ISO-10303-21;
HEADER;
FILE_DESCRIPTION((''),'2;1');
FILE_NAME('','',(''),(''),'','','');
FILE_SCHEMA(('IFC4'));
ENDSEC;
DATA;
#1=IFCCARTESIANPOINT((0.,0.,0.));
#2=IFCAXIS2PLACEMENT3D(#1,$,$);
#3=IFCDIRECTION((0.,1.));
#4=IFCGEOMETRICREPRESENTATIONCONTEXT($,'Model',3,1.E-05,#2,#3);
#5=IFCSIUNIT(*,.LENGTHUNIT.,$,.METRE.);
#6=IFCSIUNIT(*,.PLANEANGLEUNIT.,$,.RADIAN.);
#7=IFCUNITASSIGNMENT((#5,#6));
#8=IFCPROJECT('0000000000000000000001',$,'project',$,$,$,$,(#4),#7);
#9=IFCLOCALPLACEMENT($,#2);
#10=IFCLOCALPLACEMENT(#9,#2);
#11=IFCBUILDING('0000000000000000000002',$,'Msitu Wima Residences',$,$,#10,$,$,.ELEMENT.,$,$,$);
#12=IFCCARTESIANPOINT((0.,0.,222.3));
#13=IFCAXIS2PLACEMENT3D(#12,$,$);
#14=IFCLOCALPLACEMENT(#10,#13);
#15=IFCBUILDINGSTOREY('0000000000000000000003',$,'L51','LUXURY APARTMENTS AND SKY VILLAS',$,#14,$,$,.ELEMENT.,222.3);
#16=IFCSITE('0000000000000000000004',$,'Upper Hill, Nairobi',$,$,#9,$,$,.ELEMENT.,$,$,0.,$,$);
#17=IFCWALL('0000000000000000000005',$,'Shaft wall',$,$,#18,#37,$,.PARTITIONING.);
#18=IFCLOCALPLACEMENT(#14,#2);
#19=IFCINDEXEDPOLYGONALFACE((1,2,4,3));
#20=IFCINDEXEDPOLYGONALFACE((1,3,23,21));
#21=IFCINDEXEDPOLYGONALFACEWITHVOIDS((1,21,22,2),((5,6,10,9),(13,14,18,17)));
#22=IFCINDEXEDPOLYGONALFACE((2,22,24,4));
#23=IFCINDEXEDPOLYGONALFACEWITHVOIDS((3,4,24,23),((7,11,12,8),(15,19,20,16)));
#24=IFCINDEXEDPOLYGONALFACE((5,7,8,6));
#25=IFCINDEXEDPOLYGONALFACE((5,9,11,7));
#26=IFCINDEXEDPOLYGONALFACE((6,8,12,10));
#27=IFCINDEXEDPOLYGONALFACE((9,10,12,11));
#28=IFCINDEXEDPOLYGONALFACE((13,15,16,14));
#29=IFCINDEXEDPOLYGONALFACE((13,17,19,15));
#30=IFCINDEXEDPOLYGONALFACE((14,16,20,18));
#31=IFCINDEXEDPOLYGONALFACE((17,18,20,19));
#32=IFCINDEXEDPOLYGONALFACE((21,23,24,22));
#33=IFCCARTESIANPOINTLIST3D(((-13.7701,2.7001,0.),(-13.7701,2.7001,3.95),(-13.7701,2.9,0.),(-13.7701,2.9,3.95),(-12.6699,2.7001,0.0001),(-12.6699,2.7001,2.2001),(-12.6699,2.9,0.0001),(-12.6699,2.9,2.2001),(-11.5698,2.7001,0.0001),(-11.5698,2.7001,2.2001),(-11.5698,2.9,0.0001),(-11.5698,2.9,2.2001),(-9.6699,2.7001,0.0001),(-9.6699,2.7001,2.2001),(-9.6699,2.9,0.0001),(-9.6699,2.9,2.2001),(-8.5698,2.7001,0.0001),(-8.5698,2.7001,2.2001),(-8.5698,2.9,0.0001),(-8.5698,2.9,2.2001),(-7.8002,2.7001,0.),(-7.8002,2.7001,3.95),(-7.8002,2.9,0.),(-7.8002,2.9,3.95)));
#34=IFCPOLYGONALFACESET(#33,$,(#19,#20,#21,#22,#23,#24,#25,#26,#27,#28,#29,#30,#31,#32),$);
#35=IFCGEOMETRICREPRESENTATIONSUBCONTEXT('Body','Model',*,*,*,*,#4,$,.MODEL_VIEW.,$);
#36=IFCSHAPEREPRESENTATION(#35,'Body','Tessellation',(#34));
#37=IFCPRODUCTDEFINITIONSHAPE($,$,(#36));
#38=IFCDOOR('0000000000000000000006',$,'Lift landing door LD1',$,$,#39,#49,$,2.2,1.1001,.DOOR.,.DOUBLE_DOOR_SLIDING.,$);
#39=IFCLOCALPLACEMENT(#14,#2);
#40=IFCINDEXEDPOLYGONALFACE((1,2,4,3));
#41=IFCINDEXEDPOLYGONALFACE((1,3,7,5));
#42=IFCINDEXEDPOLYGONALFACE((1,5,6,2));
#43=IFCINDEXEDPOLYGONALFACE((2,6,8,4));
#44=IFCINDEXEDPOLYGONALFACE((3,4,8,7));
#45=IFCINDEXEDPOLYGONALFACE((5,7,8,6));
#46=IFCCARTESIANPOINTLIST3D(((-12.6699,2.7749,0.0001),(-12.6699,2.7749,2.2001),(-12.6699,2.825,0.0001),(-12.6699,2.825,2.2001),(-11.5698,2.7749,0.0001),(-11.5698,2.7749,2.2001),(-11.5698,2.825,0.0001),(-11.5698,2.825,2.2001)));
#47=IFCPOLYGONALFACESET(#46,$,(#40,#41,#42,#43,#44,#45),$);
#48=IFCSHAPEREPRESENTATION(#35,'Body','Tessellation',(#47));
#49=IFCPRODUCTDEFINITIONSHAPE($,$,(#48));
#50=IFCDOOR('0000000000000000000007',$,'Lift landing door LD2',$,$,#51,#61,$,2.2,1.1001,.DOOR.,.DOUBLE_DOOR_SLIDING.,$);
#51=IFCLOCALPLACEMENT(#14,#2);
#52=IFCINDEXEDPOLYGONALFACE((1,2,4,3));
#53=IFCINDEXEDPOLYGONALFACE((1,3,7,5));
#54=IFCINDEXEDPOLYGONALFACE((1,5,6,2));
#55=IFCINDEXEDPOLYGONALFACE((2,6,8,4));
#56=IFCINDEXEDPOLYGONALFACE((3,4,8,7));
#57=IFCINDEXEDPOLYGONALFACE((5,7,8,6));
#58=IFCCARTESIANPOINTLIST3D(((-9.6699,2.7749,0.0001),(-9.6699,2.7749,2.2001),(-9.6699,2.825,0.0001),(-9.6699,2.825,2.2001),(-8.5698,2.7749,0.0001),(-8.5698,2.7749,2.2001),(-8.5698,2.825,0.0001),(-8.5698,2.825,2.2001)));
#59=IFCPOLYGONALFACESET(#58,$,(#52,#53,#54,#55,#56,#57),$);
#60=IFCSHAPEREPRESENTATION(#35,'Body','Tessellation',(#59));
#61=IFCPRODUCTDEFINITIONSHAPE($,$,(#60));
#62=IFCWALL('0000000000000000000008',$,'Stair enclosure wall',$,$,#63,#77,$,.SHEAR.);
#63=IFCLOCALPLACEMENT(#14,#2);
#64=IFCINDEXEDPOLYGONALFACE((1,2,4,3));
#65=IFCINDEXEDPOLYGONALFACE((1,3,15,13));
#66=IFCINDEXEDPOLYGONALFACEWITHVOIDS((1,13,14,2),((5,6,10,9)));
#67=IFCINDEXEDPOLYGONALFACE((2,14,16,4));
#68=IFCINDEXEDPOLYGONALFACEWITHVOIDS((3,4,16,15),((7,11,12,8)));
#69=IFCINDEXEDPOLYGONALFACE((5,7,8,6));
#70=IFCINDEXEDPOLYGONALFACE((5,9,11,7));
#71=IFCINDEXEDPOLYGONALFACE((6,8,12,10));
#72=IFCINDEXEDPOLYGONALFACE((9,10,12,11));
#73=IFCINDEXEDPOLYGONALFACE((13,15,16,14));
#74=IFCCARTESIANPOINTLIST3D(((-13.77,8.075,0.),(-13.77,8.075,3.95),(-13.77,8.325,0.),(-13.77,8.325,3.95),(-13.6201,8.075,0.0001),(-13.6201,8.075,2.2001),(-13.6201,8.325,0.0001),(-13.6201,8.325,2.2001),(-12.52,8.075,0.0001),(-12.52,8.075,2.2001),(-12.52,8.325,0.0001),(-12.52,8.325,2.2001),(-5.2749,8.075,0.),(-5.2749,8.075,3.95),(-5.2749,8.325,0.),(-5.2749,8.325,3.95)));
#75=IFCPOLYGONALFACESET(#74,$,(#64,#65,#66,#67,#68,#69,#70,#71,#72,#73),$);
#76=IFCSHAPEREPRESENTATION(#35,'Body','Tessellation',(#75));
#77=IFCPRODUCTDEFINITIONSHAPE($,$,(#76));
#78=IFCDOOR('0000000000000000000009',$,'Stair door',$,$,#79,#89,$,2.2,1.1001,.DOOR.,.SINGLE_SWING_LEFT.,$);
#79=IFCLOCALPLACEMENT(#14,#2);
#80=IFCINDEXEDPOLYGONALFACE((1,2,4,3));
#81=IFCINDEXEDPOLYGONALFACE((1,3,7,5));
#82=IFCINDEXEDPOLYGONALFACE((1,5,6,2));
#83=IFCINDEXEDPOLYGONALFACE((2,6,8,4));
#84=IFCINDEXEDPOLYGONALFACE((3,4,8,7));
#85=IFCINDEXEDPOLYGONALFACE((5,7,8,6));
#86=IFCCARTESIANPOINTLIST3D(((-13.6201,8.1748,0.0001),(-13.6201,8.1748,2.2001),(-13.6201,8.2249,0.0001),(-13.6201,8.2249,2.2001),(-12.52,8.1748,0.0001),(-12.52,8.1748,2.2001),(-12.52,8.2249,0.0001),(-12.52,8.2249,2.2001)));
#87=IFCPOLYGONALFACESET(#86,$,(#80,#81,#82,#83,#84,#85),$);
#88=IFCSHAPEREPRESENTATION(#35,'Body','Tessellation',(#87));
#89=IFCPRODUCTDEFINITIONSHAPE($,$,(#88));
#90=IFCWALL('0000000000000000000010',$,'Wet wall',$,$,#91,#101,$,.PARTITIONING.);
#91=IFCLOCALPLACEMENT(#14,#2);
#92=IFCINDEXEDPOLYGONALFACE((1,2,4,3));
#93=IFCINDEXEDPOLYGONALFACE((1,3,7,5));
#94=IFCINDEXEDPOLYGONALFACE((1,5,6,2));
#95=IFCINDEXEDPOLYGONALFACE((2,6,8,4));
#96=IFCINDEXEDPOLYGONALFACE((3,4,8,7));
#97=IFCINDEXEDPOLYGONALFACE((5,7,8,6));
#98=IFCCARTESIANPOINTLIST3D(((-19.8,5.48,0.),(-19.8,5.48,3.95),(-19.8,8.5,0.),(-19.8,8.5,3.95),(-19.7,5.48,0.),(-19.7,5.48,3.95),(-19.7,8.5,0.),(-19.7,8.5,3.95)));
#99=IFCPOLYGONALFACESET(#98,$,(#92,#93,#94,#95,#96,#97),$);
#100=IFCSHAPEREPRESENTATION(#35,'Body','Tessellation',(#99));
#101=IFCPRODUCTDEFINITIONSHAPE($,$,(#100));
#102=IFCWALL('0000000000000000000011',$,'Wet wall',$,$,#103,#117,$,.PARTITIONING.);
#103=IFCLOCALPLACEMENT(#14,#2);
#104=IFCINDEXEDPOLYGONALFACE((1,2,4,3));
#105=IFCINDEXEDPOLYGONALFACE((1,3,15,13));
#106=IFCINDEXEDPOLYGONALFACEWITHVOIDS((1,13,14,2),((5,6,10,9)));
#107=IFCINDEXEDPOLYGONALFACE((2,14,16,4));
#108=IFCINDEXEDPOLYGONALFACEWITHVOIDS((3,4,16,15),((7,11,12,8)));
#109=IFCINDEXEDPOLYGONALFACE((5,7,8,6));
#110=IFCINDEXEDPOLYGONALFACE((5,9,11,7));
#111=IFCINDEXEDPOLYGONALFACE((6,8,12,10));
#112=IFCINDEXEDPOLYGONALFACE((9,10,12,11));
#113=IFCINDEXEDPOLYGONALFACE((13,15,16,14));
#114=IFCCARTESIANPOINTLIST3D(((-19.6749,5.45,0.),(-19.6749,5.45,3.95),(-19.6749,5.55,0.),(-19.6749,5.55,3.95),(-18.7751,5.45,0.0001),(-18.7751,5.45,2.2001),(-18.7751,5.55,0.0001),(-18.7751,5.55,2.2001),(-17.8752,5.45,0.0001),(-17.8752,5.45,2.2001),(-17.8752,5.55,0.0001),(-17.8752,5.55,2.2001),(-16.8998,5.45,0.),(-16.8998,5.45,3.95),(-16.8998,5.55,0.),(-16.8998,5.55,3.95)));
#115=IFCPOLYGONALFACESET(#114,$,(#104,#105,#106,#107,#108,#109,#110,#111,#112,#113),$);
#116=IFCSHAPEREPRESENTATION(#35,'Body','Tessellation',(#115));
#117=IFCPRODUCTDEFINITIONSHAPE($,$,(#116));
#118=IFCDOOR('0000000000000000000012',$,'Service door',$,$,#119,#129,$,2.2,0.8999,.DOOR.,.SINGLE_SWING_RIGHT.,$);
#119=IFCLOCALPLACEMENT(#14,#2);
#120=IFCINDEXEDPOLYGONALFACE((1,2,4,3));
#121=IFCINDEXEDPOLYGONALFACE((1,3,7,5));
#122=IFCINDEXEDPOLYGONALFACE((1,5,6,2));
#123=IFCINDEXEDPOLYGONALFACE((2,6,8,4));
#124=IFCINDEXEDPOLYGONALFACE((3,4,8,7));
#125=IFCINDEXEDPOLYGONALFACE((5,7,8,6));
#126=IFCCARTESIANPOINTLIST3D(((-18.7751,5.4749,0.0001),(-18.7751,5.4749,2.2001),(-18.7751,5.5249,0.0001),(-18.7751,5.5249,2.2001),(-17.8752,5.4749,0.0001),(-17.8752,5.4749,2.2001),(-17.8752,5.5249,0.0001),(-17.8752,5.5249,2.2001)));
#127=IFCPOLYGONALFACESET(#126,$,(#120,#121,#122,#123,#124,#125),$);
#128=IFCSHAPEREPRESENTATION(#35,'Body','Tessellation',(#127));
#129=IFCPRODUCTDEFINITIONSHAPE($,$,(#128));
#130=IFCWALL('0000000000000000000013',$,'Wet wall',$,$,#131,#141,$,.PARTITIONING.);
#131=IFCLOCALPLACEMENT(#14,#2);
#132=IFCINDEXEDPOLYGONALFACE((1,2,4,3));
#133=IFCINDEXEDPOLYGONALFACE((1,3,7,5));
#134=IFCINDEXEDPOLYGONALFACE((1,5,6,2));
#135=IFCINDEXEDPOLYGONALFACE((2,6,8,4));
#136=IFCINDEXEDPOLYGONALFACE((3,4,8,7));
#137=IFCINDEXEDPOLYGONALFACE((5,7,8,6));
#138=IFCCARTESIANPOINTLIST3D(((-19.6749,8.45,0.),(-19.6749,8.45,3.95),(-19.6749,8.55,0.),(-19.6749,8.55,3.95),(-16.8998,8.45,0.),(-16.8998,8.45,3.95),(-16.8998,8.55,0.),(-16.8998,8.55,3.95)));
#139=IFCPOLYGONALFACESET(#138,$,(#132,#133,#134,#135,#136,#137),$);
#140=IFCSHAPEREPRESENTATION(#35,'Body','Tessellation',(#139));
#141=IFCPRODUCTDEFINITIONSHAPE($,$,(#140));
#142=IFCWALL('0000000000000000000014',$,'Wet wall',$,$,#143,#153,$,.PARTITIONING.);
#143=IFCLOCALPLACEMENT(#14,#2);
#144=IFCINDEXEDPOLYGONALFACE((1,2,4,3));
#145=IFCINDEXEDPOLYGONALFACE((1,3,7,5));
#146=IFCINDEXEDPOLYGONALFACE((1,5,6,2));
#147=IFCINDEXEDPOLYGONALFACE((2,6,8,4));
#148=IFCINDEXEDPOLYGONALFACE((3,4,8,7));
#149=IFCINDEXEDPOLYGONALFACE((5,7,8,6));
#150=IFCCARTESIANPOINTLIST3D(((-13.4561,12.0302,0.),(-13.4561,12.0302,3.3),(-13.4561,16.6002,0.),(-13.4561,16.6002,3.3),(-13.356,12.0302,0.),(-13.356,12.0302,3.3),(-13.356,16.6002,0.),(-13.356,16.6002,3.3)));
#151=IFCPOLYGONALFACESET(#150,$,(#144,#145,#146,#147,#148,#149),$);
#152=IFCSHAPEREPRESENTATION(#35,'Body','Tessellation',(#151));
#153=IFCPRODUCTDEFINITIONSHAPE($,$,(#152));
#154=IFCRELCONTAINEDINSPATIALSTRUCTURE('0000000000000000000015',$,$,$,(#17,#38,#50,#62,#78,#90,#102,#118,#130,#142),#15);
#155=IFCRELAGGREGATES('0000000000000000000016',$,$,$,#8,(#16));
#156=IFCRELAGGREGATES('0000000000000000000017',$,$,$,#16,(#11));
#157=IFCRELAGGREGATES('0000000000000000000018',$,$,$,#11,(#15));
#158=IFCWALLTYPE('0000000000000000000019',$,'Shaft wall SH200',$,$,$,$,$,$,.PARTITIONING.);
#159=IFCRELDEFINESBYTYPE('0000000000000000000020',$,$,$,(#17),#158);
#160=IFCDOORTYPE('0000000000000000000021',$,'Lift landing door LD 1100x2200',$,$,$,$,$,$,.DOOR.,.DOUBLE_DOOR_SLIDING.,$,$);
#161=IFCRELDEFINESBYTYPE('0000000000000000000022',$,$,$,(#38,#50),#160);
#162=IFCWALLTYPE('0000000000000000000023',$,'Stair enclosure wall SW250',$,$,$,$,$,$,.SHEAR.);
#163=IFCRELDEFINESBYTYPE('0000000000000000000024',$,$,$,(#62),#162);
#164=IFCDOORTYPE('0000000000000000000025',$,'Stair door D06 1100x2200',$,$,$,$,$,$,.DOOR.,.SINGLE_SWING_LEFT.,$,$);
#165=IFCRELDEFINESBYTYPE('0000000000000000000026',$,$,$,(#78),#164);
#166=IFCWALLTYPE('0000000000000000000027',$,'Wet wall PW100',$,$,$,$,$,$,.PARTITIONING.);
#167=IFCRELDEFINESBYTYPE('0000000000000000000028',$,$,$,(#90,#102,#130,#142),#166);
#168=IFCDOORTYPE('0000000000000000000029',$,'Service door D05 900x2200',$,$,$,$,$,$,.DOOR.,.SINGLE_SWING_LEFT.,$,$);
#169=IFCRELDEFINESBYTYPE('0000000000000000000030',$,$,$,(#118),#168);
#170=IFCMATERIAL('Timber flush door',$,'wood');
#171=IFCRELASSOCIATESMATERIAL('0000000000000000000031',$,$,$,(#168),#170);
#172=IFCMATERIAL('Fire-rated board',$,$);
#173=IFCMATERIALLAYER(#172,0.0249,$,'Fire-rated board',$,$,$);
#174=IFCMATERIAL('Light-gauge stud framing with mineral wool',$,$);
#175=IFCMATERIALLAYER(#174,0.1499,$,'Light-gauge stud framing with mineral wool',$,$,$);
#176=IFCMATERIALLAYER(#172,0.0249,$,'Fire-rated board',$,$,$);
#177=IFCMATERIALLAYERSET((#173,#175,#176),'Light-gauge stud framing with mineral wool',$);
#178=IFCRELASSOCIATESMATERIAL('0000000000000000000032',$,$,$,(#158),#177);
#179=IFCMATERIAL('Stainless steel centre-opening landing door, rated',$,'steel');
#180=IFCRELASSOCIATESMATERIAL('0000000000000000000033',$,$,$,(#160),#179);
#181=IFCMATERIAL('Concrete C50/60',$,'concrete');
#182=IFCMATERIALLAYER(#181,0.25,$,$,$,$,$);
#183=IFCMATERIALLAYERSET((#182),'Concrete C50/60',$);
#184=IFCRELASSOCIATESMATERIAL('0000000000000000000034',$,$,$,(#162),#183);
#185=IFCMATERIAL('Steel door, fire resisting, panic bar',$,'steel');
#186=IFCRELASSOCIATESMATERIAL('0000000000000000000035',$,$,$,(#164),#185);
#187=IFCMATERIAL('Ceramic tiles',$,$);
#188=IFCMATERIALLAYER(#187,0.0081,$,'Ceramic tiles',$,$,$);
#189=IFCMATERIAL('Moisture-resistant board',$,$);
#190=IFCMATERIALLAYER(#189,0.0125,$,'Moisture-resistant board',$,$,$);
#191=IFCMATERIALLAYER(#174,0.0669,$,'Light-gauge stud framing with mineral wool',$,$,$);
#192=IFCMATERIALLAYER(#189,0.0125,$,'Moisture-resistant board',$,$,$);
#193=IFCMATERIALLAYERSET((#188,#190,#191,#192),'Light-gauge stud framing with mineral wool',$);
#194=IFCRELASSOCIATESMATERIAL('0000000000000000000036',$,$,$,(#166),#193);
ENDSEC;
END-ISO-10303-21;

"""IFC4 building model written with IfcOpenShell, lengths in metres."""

from ifc_helpers import new_model, si_unit, direction, frame, frame_2d, origin, place, context, subcontext, project, spatial, rectangle, extrude, material, layer, layer_set, type_object, element, fill, save


model = new_model("IFC4")

# Units and contexts
model_context = context("Model", 3, precision=1e-05, world=origin(), true_north=direction((0.0, 1.0)))
body_context = subcontext(model_context, "Body", "Model", "MODEL_VIEW")
ifc_project = project(units=[si_unit("LENGTHUNIT", "METRE"), si_unit("PLANEANGLEUNIT", "RADIAN")], contexts=[model_context])

# Site, building, storey
site_placement = place(None, origin())
site = spatial("IfcSite", under=ifc_project, at=site_placement, Name="Upper Hill, Nairobi", CompositionType="ELEMENT", RefElevation=0.0)
building_placement = place(site_placement, origin())
building = spatial("IfcBuilding", under=site, at=building_placement, Name="Msitu Wima Residences", CompositionType="ELEMENT")
storey_placement = place(building_placement, frame((0.0, 0.0, 222.3)))
storey = spatial("IfcBuildingStorey", under=building, at=storey_placement, Name="L51", Description="LUXURY APARTMENTS AND SKY VILLAS", CompositionType="ELEMENT", Elevation=222.3)

# Shared definitions
ifc_material_1 = material(Name="Concrete C50/60", Category="concrete")

# Shared definitions
ifc_material_2 = material(Name="Timber flush door", Category="wood")
door_type_1 = type_object("IfcDoorType", Name="Service door D05 900x2200", OperationType="SINGLE_SWING_LEFT", PredefinedType="DOOR", material=ifc_material_2)

# Wall, openings, doors
ifc_material_3 = material(Name="Fire-rated board")
ifc_layer_1 = layer(ifc_material_3, 0.0249, Name="Fire-rated board")
ifc_material_4 = material(Name="Light-gauge stud framing with mineral wool")
ifc_layer_2 = layer(ifc_material_4, 0.1499, Name="Light-gauge stud framing with mineral wool")
ifc_layer_3 = layer(ifc_material_3, 0.0249, Name="Fire-rated board")
ifc_layer_set_1 = layer_set([ifc_layer_1, ifc_layer_2, ifc_layer_3], Name="Light-gauge stud framing with mineral wool")
wall_type_1 = type_object("IfcWallType", Name="Shaft wall SH200", PredefinedType="PARTITIONING", material=ifc_layer_set_1)
wall_1_placement = place(storey_placement, frame((-13.77, 2.8, 0.0), z_axis=(0.0, 0.0, 1.0), x_axis=(1.0, 0.0, 0.0)))
wall_1 = element("IfcWall", 1, at=wall_1_placement, inside=storey, type_object=wall_type_1, Name="Shaft wall", PredefinedType="PARTITIONING", context=body_context, shape_type="SweptSolid", body=[
    extrude(rectangle(XDim=5.97, YDim=0.2, at=frame_2d((2.9849, 0.0))), origin(), (0.0, 0.0, 1.0), 3.95),
])
opening_1_placement = place(wall_1_placement, frame((1.1001, 0.0, 0.0)))
opening_1 = element("IfcOpeningElement", 2, at=opening_1_placement, cuts=wall_1, PredefinedType="OPENING", context=body_context, shape_type="SweptSolid", body=[
    extrude(rectangle(XDim=1.1001, YDim=2.2, at=frame_2d((0.55, 1.1001))), frame((0.0, 0.1099, 0.0), z_axis=(0.0, -1.0, 0.0), x_axis=(1.0, 0.0, 0.0)), (0.0, 0.0, 1.0), 0.22),
])
opening_2_placement = place(wall_1_placement, frame((4.1001, 0.0, 0.0)))
opening_2 = element("IfcOpeningElement", 3, at=opening_2_placement, cuts=wall_1, PredefinedType="OPENING", context=body_context, shape_type="SweptSolid", body=[
    extrude(rectangle(XDim=1.1001, YDim=2.2, at=frame_2d((0.55, 1.1001))), frame((0.0, 0.1099, 0.0), z_axis=(0.0, -1.0, 0.0), x_axis=(1.0, 0.0, 0.0)), (0.0, 0.0, 1.0), 0.22),
])
ifc_material_5 = material(Name="Stainless steel centre-opening landing door, rated", Category="steel")
door_type_2 = type_object("IfcDoorType", Name="Lift landing door LD 1100x2200", OperationType="DOUBLE_DOOR_SLIDING", PredefinedType="DOOR", material=ifc_material_5)
door_1_placement = place(opening_1_placement, origin())
door_1 = element("IfcDoor", 4, at=door_1_placement, inside=storey, type_object=door_type_2, Name="Lift landing door LD1", OperationType="DOUBLE_DOOR_SLIDING", OverallHeight=2.2, OverallWidth=1.1001, PredefinedType="DOOR", context=body_context, shape_type="SweptSolid", body=[
    extrude(rectangle(XDim=1.1001, YDim=2.2, at=frame_2d((0.55, 1.1001))), frame((0.0, 0.0249, 0.0), z_axis=(0.0, -1.0, 0.0), x_axis=(1.0, 0.0, 0.0)), (0.0, 0.0, 1.0), 0.05),
])
fill(opening_1, door_1)
door_2_placement = place(opening_2_placement, origin())
door_2 = element("IfcDoor", 5, at=door_2_placement, inside=storey, type_object=door_type_2, Name="Lift landing door LD2", OperationType="DOUBLE_DOOR_SLIDING", OverallHeight=2.2, OverallWidth=1.1001, PredefinedType="DOOR", context=body_context, shape_type="SweptSolid", body=[
    extrude(rectangle(XDim=1.1001, YDim=2.2, at=frame_2d((0.55, 1.1001))), frame((0.0, 0.0249, 0.0), z_axis=(0.0, -1.0, 0.0), x_axis=(1.0, 0.0, 0.0)), (0.0, 0.0, 1.0), 0.05),
])
fill(opening_2, door_2)

# Wall, opening, door
ifc_layer_4 = layer(ifc_material_1, 0.25)
ifc_layer_set_2 = layer_set([ifc_layer_4], Name="Concrete C50/60")
wall_type_2 = type_object("IfcWallType", Name="Stair enclosure wall SW250", PredefinedType="SHEAR", material=ifc_layer_set_2)
wall_2_placement = place(storey_placement, frame((-13.77, 8.2, 0.0), z_axis=(0.0, 0.0, 1.0), x_axis=(1.0, 0.0, 0.0)))
wall_2 = element("IfcWall", 6, at=wall_2_placement, inside=storey, type_object=wall_type_2, Name="Stair enclosure wall", PredefinedType="SHEAR", context=body_context, shape_type="SweptSolid", body=[
    extrude(rectangle(XDim=8.4951, YDim=0.25, at=frame_2d((4.2476, 0.0))), origin(), (0.0, 0.0, 1.0), 3.95),
])
opening_3_placement = place(wall_2_placement, frame((0.1499, 0.0, 0.0)))
opening_3 = element("IfcOpeningElement", 7, at=opening_3_placement, cuts=wall_2, PredefinedType="OPENING", context=body_context, shape_type="SweptSolid", body=[
    extrude(rectangle(XDim=1.1001, YDim=2.2, at=frame_2d((0.55, 1.1001))), frame((0.0, 0.135, 0.0), z_axis=(0.0, -1.0, 0.0), x_axis=(1.0, 0.0, 0.0)), (0.0, 0.0, 1.0), 0.27),
])
ifc_material_6 = material(Name="Steel door, fire resisting, panic bar", Category="steel")
door_type_3 = type_object("IfcDoorType", Name="Stair door D06 1100x2200", OperationType="SINGLE_SWING_LEFT", PredefinedType="DOOR", material=ifc_material_6)
door_3_placement = place(opening_3_placement, origin())
door_3 = element("IfcDoor", 8, at=door_3_placement, inside=storey, type_object=door_type_3, Name="Stair door", OperationType="SINGLE_SWING_LEFT", OverallHeight=2.2, OverallWidth=1.1001, PredefinedType="DOOR", context=body_context, shape_type="SweptSolid", body=[
    extrude(rectangle(XDim=1.1001, YDim=2.2, at=frame_2d((0.55, 1.1001))), frame((0.0, 0.0249, 0.0), z_axis=(0.0, -1.0, 0.0), x_axis=(1.0, 0.0, 0.0)), (0.0, 0.0, 1.0), 0.05),
])
fill(opening_3, door_3)

# Wall
ifc_material_7 = material(Name="Ceramic tiles")
ifc_layer_5 = layer(ifc_material_7, 0.0081, Name="Ceramic tiles")
ifc_material_8 = material(Name="Moisture-resistant board")
ifc_layer_6 = layer(ifc_material_8, 0.0125, Name="Moisture-resistant board")
ifc_layer_7 = layer(ifc_material_4, 0.0669, Name="Light-gauge stud framing with mineral wool")
ifc_layer_8 = layer(ifc_material_8, 0.0125, Name="Moisture-resistant board")
ifc_layer_set_3 = layer_set([ifc_layer_5, ifc_layer_6, ifc_layer_7, ifc_layer_8], Name="Light-gauge stud framing with mineral wool")
wall_type_3 = type_object("IfcWallType", Name="Wet wall PW100", PredefinedType="PARTITIONING", material=ifc_layer_set_3)
wall_3_placement = place(storey_placement, frame((-19.75, 5.48, 0.0), z_axis=(0.0, 0.0, 1.0), x_axis=(0.0, 1.0, 0.0)))
element("IfcWall", 9, at=wall_3_placement, inside=storey, type_object=wall_type_3, Name="Wet wall", PredefinedType="PARTITIONING", context=body_context, shape_type="SweptSolid", body=[
    extrude(rectangle(XDim=3.02, YDim=0.1001, at=frame_2d((1.51, 0.0))), origin(), (0.0, 0.0, 1.0), 3.95),
])

# Wall, opening, door
wall_4_placement = place(storey_placement, frame((-19.675, 5.5, 0.0), z_axis=(0.0, 0.0, 1.0), x_axis=(1.0, 0.0, 0.0)))
wall_4 = element("IfcWall", 10, at=wall_4_placement, inside=storey, type_object=wall_type_3, Name="Wet wall", PredefinedType="PARTITIONING", context=body_context, shape_type="SweptSolid", body=[
    extrude(rectangle(XDim=2.7751, YDim=0.1001, at=frame_2d((1.3877, 0.0))), origin(), (0.0, 0.0, 1.0), 3.95),
])
opening_4_placement = place(wall_4_placement, frame((0.8999, 0.0, 0.0)))
opening_4 = element("IfcOpeningElement", 11, at=opening_4_placement, cuts=wall_4, PredefinedType="OPENING", context=body_context, shape_type="SweptSolid", body=[
    extrude(rectangle(XDim=0.8999, YDim=2.2, at=frame_2d((0.45, 1.1001))), frame((0.0, 0.0601, 0.0), z_axis=(0.0, -1.0, 0.0), x_axis=(1.0, 0.0, 0.0)), (0.0, 0.0, 1.0), 0.1201),
])
door_4_placement = place(opening_4_placement, origin())
door_4 = element("IfcDoor", 12, at=door_4_placement, inside=storey, type_object=door_type_1, Name="Service door", OperationType="SINGLE_SWING_RIGHT", OverallHeight=2.2, OverallWidth=0.8999, PredefinedType="DOOR", context=body_context, shape_type="SweptSolid", body=[
    extrude(rectangle(XDim=0.8999, YDim=2.2, at=frame_2d((0.45, 1.1001))), frame((0.0, 0.0249, 0.0), z_axis=(0.0, -1.0, 0.0), x_axis=(1.0, 0.0, 0.0)), (0.0, 0.0, 1.0), 0.05),
])
fill(opening_4, door_4)

# Walls
wall_5_placement = place(storey_placement, frame((-19.675, 8.5, 0.0), z_axis=(0.0, 0.0, 1.0), x_axis=(1.0, 0.0, 0.0)))
element("IfcWall", 13, at=wall_5_placement, inside=storey, type_object=wall_type_3, Name="Wet wall", PredefinedType="PARTITIONING", context=body_context, shape_type="SweptSolid", body=[
    extrude(rectangle(XDim=2.7751, YDim=0.1001, at=frame_2d((1.3877, 0.0))), origin(), (0.0, 0.0, 1.0), 3.95),
])
wall_6_placement = place(storey_placement, frame((-13.406, 12.03, 0.0), z_axis=(0.0, 0.0, 1.0), x_axis=(0.0, 1.0, 0.0)))
element("IfcWall", 14, at=wall_6_placement, inside=storey, type_object=wall_type_3, Name="Wet wall", PredefinedType="PARTITIONING", context=body_context, shape_type="SweptSolid", body=[
    extrude(rectangle(XDim=4.5701, YDim=0.1001, at=frame_2d((2.2852, 0.0))), origin(), (0.0, 0.0, 1.0), 3.3),
])

save(model, "model.ifc")
